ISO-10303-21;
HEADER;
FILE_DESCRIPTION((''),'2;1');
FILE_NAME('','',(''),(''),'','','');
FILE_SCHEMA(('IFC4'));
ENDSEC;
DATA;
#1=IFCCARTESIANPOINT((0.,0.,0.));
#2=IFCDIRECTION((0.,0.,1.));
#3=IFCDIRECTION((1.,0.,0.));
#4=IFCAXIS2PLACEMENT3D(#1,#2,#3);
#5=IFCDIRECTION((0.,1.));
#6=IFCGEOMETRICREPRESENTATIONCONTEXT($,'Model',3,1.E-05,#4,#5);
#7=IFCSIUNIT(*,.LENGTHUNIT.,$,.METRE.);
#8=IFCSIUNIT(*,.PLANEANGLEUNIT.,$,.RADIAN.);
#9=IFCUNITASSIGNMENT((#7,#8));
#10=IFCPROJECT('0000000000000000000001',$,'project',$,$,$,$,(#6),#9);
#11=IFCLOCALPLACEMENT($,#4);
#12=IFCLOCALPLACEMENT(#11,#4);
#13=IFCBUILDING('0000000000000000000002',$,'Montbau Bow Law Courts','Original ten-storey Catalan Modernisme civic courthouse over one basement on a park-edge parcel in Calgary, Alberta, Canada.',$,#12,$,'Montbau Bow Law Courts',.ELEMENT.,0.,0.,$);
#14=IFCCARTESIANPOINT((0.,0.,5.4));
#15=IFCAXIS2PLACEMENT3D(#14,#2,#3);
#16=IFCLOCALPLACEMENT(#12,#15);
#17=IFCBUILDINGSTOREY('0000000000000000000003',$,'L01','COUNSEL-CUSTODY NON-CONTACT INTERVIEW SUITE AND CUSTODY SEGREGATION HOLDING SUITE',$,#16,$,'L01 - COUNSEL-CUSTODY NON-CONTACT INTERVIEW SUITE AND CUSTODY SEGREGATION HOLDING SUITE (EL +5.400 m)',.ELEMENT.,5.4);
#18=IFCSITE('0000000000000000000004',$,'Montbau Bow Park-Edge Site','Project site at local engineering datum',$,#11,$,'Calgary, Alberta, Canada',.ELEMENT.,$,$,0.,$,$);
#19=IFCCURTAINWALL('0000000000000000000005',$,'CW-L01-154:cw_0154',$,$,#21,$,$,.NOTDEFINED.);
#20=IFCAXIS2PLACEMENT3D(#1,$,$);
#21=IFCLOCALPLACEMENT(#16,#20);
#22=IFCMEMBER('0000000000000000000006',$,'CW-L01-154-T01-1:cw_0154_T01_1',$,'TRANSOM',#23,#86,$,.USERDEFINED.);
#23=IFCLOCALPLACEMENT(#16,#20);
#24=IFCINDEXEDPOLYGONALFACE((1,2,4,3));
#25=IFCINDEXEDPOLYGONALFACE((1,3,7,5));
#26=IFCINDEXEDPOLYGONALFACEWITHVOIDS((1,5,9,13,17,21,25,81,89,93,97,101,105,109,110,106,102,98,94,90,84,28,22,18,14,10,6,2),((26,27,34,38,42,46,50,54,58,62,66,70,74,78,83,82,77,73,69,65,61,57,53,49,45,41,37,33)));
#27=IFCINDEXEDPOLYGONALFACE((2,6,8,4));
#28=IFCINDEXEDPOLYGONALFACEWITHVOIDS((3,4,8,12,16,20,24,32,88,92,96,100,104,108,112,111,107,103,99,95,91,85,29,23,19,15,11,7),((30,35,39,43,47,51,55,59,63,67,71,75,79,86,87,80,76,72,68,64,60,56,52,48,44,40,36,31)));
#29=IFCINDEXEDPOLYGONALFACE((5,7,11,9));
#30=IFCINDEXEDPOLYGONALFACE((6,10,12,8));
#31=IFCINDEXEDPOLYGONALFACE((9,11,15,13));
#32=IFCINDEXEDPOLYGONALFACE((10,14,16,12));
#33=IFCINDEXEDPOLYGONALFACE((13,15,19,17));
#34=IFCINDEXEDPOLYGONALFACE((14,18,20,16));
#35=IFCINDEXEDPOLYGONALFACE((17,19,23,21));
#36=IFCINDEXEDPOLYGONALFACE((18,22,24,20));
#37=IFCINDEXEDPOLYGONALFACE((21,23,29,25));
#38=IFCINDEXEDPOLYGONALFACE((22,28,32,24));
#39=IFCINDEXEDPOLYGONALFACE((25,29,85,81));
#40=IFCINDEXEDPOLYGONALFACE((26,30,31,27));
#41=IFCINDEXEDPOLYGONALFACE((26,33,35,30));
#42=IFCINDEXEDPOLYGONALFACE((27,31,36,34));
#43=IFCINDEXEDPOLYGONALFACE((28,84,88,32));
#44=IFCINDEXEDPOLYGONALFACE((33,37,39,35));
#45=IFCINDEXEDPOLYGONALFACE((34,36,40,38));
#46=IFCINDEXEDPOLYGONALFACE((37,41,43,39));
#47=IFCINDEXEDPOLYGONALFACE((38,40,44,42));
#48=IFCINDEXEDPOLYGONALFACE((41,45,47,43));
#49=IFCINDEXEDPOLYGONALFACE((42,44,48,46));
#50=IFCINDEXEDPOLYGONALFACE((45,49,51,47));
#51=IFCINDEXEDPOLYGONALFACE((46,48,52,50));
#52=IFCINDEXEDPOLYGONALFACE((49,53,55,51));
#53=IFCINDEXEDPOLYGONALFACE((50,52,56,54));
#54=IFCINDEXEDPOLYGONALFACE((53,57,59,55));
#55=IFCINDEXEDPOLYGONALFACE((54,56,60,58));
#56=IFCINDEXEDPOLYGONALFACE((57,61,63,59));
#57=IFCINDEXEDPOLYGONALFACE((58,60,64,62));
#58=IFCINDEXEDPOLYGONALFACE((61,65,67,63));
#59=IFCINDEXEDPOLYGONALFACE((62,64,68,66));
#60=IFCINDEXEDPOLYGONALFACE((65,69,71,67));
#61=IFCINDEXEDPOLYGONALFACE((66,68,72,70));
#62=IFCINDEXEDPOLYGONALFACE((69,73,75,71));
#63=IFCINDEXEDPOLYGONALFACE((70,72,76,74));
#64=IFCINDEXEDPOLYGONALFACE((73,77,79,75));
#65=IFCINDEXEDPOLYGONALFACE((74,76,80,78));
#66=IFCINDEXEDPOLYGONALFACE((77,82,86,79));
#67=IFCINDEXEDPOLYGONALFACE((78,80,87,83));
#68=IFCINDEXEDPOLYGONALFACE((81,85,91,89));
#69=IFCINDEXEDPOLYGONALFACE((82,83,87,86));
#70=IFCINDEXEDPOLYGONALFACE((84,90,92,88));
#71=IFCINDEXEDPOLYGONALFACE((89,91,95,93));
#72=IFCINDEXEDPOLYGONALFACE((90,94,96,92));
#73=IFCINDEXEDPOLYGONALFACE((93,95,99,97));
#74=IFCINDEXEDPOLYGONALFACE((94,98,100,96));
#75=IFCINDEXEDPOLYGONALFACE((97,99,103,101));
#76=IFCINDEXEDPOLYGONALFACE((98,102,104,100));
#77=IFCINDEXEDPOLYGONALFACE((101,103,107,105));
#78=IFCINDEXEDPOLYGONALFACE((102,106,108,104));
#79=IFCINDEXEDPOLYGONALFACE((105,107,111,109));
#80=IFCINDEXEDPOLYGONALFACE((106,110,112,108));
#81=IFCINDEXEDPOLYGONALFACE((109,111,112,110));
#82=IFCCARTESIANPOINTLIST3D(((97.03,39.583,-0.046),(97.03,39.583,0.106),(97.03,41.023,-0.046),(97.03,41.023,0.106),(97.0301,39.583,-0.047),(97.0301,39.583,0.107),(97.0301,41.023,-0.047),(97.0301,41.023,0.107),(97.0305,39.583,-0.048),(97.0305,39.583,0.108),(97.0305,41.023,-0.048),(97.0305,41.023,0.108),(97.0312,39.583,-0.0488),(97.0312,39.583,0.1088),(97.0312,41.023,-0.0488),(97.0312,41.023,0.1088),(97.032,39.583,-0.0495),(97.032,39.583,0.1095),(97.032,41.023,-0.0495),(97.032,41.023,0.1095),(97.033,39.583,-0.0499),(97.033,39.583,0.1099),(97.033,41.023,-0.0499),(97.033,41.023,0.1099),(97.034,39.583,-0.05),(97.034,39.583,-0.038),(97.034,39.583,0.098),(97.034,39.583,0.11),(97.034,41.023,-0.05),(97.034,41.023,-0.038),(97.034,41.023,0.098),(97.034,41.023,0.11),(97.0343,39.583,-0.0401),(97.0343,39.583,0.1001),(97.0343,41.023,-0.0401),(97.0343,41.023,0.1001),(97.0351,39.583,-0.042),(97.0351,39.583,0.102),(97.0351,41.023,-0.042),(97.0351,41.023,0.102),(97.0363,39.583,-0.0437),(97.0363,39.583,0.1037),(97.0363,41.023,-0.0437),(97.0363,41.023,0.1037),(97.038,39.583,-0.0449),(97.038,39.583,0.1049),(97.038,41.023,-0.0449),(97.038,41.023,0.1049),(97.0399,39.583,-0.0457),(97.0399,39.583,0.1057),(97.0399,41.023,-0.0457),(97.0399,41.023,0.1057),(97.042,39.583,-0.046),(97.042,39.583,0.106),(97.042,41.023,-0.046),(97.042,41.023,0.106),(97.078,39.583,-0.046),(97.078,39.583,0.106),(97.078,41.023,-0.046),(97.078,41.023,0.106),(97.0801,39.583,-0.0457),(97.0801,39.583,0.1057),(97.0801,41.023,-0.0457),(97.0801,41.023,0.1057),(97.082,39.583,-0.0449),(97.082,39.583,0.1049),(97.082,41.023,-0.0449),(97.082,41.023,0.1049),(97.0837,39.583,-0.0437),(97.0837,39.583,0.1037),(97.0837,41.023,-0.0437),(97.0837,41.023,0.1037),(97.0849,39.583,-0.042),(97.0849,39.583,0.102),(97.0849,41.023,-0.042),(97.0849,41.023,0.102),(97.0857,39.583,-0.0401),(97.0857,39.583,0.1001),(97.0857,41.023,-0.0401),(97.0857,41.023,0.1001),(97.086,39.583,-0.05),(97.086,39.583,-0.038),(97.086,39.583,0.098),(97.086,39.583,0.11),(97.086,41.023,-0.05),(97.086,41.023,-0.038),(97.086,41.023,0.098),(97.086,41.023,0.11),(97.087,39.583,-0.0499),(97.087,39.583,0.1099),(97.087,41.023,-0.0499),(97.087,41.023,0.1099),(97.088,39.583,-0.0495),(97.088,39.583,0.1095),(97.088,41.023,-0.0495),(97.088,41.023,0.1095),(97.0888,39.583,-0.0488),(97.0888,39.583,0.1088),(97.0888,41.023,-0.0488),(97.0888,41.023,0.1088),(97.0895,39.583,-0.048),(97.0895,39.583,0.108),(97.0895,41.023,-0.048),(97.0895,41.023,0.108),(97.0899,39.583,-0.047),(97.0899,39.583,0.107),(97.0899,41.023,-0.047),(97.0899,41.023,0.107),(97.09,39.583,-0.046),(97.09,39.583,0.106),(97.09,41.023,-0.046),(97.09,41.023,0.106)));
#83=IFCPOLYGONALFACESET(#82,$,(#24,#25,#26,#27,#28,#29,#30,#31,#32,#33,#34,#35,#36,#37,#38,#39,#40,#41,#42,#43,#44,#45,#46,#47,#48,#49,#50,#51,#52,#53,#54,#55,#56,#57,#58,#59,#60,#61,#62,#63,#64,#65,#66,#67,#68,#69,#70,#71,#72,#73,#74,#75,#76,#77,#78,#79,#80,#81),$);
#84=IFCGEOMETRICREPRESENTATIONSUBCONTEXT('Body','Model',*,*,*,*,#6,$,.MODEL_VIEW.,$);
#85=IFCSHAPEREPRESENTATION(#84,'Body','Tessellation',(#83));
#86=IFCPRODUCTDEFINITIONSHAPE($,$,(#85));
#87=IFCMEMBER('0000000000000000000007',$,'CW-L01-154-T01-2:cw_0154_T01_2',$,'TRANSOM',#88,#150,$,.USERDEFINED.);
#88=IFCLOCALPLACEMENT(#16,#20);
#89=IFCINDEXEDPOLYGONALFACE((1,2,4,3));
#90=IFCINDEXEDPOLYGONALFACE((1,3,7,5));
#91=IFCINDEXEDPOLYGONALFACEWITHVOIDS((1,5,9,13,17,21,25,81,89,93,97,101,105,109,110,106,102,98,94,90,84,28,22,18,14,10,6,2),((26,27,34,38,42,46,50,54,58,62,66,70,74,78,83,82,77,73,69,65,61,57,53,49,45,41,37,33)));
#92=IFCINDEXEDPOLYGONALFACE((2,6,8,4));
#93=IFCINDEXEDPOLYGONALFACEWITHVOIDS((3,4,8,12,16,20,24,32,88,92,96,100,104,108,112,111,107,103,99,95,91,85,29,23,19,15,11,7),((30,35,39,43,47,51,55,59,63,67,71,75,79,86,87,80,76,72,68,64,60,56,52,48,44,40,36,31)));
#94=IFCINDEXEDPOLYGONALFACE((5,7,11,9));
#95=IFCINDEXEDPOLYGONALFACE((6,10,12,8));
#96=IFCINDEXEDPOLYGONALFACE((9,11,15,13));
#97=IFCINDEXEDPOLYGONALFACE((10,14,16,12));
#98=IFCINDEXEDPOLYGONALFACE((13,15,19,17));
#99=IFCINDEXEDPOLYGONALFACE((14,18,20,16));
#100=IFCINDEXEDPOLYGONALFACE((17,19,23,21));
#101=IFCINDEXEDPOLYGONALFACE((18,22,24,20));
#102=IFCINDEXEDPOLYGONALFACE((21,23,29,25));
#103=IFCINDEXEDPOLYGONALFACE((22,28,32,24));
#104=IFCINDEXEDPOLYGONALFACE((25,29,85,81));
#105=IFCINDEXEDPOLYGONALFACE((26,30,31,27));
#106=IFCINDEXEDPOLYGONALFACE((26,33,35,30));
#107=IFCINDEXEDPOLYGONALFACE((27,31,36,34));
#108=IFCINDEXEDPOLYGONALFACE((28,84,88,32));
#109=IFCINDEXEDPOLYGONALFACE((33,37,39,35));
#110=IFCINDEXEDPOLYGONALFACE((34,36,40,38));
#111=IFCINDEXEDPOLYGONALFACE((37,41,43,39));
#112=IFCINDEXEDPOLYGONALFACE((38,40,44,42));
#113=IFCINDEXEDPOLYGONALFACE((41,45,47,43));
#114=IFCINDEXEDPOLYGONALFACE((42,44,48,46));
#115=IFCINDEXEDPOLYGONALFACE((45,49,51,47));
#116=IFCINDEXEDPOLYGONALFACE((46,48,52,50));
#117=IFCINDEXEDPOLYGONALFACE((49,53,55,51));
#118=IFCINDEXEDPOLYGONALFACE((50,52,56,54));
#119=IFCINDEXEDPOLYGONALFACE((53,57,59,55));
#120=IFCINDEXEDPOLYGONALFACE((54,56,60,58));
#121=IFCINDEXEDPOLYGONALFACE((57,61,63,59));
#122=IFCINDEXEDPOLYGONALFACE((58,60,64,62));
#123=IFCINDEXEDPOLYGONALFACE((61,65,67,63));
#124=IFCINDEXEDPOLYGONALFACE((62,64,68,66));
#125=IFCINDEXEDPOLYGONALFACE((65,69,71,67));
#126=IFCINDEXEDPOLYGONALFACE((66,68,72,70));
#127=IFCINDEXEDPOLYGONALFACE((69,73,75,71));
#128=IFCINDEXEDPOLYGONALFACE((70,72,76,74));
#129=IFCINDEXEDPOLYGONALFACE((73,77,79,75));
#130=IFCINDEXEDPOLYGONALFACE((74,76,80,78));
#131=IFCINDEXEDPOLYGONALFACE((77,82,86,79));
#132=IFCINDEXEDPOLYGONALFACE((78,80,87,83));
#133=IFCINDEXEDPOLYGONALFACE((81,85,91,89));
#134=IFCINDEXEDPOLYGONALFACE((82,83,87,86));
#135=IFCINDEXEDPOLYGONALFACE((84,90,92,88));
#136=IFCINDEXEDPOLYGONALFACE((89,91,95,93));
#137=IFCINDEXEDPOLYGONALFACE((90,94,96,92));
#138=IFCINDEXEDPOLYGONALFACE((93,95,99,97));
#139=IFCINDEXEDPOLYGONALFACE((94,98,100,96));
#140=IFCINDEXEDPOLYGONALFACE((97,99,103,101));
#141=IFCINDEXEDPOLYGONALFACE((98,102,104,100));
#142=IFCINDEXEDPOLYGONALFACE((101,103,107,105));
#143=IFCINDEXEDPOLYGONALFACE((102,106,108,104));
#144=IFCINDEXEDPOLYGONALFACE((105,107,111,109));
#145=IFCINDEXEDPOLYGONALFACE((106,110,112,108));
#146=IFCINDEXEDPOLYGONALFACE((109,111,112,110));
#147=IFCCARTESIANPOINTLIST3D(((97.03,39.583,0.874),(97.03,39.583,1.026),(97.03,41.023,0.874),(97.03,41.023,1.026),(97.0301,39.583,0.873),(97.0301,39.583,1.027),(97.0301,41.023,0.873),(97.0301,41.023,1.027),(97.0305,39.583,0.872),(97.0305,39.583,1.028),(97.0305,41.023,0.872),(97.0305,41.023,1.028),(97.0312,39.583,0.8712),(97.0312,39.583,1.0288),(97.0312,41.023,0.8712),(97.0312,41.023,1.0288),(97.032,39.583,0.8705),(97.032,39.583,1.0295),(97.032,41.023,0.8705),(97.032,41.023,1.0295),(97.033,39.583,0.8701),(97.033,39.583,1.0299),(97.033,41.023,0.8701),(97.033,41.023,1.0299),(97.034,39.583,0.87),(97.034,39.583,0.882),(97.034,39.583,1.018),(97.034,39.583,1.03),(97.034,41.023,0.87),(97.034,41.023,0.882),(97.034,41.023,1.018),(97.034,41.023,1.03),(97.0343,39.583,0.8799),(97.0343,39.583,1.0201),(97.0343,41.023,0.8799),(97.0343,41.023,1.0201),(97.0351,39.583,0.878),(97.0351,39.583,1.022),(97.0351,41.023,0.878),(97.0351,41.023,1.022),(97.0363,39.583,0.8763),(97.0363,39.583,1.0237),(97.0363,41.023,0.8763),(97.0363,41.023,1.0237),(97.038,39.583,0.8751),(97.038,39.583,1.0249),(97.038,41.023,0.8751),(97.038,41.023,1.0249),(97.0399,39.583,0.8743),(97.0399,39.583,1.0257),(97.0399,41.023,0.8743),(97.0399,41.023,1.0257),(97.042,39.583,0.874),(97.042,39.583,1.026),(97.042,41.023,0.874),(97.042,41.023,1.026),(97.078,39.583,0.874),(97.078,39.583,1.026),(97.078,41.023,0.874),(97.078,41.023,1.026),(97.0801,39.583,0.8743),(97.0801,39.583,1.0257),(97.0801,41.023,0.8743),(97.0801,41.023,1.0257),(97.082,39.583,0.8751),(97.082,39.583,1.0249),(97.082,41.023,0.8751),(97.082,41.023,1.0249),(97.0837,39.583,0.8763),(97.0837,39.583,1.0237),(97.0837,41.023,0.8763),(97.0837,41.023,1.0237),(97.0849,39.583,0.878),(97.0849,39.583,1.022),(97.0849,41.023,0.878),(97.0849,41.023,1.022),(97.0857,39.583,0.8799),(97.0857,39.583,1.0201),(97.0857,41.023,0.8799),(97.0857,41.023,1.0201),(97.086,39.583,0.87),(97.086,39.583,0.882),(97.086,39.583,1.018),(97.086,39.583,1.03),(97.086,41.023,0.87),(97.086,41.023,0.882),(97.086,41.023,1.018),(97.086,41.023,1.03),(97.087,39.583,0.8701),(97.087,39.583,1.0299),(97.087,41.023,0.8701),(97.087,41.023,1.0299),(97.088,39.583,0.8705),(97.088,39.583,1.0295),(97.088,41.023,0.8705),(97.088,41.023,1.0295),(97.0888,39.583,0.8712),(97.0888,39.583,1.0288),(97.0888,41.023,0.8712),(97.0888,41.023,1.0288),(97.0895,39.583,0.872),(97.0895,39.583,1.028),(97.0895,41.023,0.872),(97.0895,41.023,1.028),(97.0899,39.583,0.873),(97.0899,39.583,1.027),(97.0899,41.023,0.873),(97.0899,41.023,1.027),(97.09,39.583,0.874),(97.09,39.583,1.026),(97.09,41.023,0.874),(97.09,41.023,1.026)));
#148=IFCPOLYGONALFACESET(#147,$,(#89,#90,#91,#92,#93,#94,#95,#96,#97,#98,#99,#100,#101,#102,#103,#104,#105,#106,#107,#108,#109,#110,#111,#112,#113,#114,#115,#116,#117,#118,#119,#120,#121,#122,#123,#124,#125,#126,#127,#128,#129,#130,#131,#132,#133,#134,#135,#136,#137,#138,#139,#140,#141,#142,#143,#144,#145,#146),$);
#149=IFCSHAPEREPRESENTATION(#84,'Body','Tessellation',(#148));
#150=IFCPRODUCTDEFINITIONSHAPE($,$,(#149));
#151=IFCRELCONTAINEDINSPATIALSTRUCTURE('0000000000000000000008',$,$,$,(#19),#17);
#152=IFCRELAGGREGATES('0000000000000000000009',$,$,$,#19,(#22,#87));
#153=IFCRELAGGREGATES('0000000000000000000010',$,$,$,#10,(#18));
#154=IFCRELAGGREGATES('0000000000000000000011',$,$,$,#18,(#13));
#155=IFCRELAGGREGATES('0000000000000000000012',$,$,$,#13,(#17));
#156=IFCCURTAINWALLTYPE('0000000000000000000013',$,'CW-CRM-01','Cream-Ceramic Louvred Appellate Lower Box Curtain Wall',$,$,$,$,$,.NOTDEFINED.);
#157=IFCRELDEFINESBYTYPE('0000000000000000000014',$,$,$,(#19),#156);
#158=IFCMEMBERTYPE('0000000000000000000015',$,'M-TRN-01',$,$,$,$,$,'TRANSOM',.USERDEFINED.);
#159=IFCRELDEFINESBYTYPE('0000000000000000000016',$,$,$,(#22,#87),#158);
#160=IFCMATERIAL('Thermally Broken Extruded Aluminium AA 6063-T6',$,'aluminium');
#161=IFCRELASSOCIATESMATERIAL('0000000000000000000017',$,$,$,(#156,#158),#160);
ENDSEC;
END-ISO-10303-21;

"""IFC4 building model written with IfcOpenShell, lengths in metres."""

from ifc_helpers import new_model, si_unit, direction, frame, origin_with_axes, origin_2d_with_axis, place, context, subcontext, project, spatial, hollow_rectangle, extrude, material, material_profile, profile_set, type_object, element, aggregate, save


model = new_model("IFC4")

# Units and contexts
model_context = context("Model", 3, precision=1e-05, world=origin_with_axes(), true_north=direction((0.0, 1.0)))
body_context = subcontext(model_context, "Body", "Model", "MODEL_VIEW")
ifc_project = project(units=[si_unit("LENGTHUNIT", "METRE"), si_unit("PLANEANGLEUNIT", "RADIAN")], contexts=[model_context])

# Site, building, storey
site_placement = place(None, origin_with_axes())
site = spatial("IfcSite", under=ifc_project, at=site_placement, Name="Montbau Bow Park-Edge Site", Description="Project site at local engineering datum", LongName="Calgary, Alberta, Canada", CompositionType="ELEMENT", RefElevation=0.0)
building_placement = place(site_placement, origin_with_axes())
building = spatial("IfcBuilding", under=site, at=building_placement, Name="Montbau Bow Law Courts", Description="Original ten-storey Catalan Modernisme civic courthouse over one basement on a park-edge parcel in Calgary, Alberta, Canada.", LongName="Montbau Bow Law Courts", CompositionType="ELEMENT", ElevationOfRefHeight=0.0, ElevationOfTerrain=0.0)
storey_placement = place(building_placement, frame((0.0, 0.0, 5.4), z_axis=(0.0, 0.0, 1.0), x_axis=(1.0, 0.0, 0.0)))
storey = spatial("IfcBuildingStorey", under=building, at=storey_placement, Name="L01", Description="COUNSEL-CUSTODY NON-CONTACT INTERVIEW SUITE AND CUSTODY SEGREGATION HOLDING SUITE", LongName="L01 - COUNSEL-CUSTODY NON-CONTACT INTERVIEW SUITE AND CUSTODY SEGREGATION HOLDING SUITE (EL +5.400 m)", CompositionType="ELEMENT", Elevation=5.4)

# Curtain wall, members
ifc_material_1 = material(Name="Thermally Broken Extruded Aluminium AA 6063-T6", Category="aluminium")
curtain_wall_type = type_object("IfcCurtainWallType", Name="CW-CRM-01", Description="Cream-Ceramic Louvred Appellate Lower Box Curtain Wall", PredefinedType="NOTDEFINED", material=ifc_material_1)
curtain_wall_placement = place(None, frame((97.06, 39.515, 5.4), z_axis=(0.0, 0.0, 1.0), x_axis=(1.0, 0.0, 0.0)))
curtain_wall = element("IfcCurtainWall", 1, at=curtain_wall_placement, inside=storey, type_object=curtain_wall_type, Name="CW-L01-154:cw_0154", PredefinedType="NOTDEFINED")
ifc_material_profile_1 = material_profile(ifc_material_1, hollow_rectangle(XDim=0.06, YDim=0.16, WallThickness=0.004, InnerFilletRadius=0.008, OuterFilletRadius=0.004, at=origin_2d_with_axis()), Name="CWT-160X60", Category="Main", Priority=0)
ifc_profile_set_1 = profile_set([ifc_material_profile_1], Name="Thermally Broken Extruded Aluminium AA 6063-T6")
member_type_1 = type_object("IfcMemberType", Name="M-TRN-01", ElementType="TRANSOM", PredefinedType="USERDEFINED", material=ifc_profile_set_1)
member_1_placement = place(None, frame((97.06, 39.583, 5.43), z_axis=(0.0, 1.0, 0.0), x_axis=(-1.0, 0.0, 0.0)))
member_1 = element("IfcMember", 2, at=member_1_placement, type_object=member_type_1, Name="CW-L01-154-T01-1:cw_0154_T01_1", ObjectType="TRANSOM", PredefinedType="USERDEFINED", context=body_context, shape_type="SweptSolid", body=[
    extrude(hollow_rectangle(XDim=0.06, YDim=0.16, WallThickness=0.004, InnerFilletRadius=0.008, OuterFilletRadius=0.004, at=origin_2d_with_axis()), origin_with_axes(), (0.0, 0.0, 1.0), 1.44),
])
member_2_placement = place(None, frame((97.06, 39.583, 6.35), z_axis=(0.0, 1.0, 0.0), x_axis=(-1.0, 0.0, 0.0)))
member_2 = element("IfcMember", 3, at=member_2_placement, type_object=member_type_1, Name="CW-L01-154-T01-2:cw_0154_T01_2", ObjectType="TRANSOM", PredefinedType="USERDEFINED", context=body_context, shape_type="SweptSolid", body=[
    extrude(hollow_rectangle(XDim=0.06, YDim=0.16, WallThickness=0.004, InnerFilletRadius=0.008, OuterFilletRadius=0.004, at=origin_2d_with_axis()), origin_with_axes(), (0.0, 0.0, 1.0), 1.44),
])
aggregate(curtain_wall, [member_1, member_2])

save(model, "model.ifc")
